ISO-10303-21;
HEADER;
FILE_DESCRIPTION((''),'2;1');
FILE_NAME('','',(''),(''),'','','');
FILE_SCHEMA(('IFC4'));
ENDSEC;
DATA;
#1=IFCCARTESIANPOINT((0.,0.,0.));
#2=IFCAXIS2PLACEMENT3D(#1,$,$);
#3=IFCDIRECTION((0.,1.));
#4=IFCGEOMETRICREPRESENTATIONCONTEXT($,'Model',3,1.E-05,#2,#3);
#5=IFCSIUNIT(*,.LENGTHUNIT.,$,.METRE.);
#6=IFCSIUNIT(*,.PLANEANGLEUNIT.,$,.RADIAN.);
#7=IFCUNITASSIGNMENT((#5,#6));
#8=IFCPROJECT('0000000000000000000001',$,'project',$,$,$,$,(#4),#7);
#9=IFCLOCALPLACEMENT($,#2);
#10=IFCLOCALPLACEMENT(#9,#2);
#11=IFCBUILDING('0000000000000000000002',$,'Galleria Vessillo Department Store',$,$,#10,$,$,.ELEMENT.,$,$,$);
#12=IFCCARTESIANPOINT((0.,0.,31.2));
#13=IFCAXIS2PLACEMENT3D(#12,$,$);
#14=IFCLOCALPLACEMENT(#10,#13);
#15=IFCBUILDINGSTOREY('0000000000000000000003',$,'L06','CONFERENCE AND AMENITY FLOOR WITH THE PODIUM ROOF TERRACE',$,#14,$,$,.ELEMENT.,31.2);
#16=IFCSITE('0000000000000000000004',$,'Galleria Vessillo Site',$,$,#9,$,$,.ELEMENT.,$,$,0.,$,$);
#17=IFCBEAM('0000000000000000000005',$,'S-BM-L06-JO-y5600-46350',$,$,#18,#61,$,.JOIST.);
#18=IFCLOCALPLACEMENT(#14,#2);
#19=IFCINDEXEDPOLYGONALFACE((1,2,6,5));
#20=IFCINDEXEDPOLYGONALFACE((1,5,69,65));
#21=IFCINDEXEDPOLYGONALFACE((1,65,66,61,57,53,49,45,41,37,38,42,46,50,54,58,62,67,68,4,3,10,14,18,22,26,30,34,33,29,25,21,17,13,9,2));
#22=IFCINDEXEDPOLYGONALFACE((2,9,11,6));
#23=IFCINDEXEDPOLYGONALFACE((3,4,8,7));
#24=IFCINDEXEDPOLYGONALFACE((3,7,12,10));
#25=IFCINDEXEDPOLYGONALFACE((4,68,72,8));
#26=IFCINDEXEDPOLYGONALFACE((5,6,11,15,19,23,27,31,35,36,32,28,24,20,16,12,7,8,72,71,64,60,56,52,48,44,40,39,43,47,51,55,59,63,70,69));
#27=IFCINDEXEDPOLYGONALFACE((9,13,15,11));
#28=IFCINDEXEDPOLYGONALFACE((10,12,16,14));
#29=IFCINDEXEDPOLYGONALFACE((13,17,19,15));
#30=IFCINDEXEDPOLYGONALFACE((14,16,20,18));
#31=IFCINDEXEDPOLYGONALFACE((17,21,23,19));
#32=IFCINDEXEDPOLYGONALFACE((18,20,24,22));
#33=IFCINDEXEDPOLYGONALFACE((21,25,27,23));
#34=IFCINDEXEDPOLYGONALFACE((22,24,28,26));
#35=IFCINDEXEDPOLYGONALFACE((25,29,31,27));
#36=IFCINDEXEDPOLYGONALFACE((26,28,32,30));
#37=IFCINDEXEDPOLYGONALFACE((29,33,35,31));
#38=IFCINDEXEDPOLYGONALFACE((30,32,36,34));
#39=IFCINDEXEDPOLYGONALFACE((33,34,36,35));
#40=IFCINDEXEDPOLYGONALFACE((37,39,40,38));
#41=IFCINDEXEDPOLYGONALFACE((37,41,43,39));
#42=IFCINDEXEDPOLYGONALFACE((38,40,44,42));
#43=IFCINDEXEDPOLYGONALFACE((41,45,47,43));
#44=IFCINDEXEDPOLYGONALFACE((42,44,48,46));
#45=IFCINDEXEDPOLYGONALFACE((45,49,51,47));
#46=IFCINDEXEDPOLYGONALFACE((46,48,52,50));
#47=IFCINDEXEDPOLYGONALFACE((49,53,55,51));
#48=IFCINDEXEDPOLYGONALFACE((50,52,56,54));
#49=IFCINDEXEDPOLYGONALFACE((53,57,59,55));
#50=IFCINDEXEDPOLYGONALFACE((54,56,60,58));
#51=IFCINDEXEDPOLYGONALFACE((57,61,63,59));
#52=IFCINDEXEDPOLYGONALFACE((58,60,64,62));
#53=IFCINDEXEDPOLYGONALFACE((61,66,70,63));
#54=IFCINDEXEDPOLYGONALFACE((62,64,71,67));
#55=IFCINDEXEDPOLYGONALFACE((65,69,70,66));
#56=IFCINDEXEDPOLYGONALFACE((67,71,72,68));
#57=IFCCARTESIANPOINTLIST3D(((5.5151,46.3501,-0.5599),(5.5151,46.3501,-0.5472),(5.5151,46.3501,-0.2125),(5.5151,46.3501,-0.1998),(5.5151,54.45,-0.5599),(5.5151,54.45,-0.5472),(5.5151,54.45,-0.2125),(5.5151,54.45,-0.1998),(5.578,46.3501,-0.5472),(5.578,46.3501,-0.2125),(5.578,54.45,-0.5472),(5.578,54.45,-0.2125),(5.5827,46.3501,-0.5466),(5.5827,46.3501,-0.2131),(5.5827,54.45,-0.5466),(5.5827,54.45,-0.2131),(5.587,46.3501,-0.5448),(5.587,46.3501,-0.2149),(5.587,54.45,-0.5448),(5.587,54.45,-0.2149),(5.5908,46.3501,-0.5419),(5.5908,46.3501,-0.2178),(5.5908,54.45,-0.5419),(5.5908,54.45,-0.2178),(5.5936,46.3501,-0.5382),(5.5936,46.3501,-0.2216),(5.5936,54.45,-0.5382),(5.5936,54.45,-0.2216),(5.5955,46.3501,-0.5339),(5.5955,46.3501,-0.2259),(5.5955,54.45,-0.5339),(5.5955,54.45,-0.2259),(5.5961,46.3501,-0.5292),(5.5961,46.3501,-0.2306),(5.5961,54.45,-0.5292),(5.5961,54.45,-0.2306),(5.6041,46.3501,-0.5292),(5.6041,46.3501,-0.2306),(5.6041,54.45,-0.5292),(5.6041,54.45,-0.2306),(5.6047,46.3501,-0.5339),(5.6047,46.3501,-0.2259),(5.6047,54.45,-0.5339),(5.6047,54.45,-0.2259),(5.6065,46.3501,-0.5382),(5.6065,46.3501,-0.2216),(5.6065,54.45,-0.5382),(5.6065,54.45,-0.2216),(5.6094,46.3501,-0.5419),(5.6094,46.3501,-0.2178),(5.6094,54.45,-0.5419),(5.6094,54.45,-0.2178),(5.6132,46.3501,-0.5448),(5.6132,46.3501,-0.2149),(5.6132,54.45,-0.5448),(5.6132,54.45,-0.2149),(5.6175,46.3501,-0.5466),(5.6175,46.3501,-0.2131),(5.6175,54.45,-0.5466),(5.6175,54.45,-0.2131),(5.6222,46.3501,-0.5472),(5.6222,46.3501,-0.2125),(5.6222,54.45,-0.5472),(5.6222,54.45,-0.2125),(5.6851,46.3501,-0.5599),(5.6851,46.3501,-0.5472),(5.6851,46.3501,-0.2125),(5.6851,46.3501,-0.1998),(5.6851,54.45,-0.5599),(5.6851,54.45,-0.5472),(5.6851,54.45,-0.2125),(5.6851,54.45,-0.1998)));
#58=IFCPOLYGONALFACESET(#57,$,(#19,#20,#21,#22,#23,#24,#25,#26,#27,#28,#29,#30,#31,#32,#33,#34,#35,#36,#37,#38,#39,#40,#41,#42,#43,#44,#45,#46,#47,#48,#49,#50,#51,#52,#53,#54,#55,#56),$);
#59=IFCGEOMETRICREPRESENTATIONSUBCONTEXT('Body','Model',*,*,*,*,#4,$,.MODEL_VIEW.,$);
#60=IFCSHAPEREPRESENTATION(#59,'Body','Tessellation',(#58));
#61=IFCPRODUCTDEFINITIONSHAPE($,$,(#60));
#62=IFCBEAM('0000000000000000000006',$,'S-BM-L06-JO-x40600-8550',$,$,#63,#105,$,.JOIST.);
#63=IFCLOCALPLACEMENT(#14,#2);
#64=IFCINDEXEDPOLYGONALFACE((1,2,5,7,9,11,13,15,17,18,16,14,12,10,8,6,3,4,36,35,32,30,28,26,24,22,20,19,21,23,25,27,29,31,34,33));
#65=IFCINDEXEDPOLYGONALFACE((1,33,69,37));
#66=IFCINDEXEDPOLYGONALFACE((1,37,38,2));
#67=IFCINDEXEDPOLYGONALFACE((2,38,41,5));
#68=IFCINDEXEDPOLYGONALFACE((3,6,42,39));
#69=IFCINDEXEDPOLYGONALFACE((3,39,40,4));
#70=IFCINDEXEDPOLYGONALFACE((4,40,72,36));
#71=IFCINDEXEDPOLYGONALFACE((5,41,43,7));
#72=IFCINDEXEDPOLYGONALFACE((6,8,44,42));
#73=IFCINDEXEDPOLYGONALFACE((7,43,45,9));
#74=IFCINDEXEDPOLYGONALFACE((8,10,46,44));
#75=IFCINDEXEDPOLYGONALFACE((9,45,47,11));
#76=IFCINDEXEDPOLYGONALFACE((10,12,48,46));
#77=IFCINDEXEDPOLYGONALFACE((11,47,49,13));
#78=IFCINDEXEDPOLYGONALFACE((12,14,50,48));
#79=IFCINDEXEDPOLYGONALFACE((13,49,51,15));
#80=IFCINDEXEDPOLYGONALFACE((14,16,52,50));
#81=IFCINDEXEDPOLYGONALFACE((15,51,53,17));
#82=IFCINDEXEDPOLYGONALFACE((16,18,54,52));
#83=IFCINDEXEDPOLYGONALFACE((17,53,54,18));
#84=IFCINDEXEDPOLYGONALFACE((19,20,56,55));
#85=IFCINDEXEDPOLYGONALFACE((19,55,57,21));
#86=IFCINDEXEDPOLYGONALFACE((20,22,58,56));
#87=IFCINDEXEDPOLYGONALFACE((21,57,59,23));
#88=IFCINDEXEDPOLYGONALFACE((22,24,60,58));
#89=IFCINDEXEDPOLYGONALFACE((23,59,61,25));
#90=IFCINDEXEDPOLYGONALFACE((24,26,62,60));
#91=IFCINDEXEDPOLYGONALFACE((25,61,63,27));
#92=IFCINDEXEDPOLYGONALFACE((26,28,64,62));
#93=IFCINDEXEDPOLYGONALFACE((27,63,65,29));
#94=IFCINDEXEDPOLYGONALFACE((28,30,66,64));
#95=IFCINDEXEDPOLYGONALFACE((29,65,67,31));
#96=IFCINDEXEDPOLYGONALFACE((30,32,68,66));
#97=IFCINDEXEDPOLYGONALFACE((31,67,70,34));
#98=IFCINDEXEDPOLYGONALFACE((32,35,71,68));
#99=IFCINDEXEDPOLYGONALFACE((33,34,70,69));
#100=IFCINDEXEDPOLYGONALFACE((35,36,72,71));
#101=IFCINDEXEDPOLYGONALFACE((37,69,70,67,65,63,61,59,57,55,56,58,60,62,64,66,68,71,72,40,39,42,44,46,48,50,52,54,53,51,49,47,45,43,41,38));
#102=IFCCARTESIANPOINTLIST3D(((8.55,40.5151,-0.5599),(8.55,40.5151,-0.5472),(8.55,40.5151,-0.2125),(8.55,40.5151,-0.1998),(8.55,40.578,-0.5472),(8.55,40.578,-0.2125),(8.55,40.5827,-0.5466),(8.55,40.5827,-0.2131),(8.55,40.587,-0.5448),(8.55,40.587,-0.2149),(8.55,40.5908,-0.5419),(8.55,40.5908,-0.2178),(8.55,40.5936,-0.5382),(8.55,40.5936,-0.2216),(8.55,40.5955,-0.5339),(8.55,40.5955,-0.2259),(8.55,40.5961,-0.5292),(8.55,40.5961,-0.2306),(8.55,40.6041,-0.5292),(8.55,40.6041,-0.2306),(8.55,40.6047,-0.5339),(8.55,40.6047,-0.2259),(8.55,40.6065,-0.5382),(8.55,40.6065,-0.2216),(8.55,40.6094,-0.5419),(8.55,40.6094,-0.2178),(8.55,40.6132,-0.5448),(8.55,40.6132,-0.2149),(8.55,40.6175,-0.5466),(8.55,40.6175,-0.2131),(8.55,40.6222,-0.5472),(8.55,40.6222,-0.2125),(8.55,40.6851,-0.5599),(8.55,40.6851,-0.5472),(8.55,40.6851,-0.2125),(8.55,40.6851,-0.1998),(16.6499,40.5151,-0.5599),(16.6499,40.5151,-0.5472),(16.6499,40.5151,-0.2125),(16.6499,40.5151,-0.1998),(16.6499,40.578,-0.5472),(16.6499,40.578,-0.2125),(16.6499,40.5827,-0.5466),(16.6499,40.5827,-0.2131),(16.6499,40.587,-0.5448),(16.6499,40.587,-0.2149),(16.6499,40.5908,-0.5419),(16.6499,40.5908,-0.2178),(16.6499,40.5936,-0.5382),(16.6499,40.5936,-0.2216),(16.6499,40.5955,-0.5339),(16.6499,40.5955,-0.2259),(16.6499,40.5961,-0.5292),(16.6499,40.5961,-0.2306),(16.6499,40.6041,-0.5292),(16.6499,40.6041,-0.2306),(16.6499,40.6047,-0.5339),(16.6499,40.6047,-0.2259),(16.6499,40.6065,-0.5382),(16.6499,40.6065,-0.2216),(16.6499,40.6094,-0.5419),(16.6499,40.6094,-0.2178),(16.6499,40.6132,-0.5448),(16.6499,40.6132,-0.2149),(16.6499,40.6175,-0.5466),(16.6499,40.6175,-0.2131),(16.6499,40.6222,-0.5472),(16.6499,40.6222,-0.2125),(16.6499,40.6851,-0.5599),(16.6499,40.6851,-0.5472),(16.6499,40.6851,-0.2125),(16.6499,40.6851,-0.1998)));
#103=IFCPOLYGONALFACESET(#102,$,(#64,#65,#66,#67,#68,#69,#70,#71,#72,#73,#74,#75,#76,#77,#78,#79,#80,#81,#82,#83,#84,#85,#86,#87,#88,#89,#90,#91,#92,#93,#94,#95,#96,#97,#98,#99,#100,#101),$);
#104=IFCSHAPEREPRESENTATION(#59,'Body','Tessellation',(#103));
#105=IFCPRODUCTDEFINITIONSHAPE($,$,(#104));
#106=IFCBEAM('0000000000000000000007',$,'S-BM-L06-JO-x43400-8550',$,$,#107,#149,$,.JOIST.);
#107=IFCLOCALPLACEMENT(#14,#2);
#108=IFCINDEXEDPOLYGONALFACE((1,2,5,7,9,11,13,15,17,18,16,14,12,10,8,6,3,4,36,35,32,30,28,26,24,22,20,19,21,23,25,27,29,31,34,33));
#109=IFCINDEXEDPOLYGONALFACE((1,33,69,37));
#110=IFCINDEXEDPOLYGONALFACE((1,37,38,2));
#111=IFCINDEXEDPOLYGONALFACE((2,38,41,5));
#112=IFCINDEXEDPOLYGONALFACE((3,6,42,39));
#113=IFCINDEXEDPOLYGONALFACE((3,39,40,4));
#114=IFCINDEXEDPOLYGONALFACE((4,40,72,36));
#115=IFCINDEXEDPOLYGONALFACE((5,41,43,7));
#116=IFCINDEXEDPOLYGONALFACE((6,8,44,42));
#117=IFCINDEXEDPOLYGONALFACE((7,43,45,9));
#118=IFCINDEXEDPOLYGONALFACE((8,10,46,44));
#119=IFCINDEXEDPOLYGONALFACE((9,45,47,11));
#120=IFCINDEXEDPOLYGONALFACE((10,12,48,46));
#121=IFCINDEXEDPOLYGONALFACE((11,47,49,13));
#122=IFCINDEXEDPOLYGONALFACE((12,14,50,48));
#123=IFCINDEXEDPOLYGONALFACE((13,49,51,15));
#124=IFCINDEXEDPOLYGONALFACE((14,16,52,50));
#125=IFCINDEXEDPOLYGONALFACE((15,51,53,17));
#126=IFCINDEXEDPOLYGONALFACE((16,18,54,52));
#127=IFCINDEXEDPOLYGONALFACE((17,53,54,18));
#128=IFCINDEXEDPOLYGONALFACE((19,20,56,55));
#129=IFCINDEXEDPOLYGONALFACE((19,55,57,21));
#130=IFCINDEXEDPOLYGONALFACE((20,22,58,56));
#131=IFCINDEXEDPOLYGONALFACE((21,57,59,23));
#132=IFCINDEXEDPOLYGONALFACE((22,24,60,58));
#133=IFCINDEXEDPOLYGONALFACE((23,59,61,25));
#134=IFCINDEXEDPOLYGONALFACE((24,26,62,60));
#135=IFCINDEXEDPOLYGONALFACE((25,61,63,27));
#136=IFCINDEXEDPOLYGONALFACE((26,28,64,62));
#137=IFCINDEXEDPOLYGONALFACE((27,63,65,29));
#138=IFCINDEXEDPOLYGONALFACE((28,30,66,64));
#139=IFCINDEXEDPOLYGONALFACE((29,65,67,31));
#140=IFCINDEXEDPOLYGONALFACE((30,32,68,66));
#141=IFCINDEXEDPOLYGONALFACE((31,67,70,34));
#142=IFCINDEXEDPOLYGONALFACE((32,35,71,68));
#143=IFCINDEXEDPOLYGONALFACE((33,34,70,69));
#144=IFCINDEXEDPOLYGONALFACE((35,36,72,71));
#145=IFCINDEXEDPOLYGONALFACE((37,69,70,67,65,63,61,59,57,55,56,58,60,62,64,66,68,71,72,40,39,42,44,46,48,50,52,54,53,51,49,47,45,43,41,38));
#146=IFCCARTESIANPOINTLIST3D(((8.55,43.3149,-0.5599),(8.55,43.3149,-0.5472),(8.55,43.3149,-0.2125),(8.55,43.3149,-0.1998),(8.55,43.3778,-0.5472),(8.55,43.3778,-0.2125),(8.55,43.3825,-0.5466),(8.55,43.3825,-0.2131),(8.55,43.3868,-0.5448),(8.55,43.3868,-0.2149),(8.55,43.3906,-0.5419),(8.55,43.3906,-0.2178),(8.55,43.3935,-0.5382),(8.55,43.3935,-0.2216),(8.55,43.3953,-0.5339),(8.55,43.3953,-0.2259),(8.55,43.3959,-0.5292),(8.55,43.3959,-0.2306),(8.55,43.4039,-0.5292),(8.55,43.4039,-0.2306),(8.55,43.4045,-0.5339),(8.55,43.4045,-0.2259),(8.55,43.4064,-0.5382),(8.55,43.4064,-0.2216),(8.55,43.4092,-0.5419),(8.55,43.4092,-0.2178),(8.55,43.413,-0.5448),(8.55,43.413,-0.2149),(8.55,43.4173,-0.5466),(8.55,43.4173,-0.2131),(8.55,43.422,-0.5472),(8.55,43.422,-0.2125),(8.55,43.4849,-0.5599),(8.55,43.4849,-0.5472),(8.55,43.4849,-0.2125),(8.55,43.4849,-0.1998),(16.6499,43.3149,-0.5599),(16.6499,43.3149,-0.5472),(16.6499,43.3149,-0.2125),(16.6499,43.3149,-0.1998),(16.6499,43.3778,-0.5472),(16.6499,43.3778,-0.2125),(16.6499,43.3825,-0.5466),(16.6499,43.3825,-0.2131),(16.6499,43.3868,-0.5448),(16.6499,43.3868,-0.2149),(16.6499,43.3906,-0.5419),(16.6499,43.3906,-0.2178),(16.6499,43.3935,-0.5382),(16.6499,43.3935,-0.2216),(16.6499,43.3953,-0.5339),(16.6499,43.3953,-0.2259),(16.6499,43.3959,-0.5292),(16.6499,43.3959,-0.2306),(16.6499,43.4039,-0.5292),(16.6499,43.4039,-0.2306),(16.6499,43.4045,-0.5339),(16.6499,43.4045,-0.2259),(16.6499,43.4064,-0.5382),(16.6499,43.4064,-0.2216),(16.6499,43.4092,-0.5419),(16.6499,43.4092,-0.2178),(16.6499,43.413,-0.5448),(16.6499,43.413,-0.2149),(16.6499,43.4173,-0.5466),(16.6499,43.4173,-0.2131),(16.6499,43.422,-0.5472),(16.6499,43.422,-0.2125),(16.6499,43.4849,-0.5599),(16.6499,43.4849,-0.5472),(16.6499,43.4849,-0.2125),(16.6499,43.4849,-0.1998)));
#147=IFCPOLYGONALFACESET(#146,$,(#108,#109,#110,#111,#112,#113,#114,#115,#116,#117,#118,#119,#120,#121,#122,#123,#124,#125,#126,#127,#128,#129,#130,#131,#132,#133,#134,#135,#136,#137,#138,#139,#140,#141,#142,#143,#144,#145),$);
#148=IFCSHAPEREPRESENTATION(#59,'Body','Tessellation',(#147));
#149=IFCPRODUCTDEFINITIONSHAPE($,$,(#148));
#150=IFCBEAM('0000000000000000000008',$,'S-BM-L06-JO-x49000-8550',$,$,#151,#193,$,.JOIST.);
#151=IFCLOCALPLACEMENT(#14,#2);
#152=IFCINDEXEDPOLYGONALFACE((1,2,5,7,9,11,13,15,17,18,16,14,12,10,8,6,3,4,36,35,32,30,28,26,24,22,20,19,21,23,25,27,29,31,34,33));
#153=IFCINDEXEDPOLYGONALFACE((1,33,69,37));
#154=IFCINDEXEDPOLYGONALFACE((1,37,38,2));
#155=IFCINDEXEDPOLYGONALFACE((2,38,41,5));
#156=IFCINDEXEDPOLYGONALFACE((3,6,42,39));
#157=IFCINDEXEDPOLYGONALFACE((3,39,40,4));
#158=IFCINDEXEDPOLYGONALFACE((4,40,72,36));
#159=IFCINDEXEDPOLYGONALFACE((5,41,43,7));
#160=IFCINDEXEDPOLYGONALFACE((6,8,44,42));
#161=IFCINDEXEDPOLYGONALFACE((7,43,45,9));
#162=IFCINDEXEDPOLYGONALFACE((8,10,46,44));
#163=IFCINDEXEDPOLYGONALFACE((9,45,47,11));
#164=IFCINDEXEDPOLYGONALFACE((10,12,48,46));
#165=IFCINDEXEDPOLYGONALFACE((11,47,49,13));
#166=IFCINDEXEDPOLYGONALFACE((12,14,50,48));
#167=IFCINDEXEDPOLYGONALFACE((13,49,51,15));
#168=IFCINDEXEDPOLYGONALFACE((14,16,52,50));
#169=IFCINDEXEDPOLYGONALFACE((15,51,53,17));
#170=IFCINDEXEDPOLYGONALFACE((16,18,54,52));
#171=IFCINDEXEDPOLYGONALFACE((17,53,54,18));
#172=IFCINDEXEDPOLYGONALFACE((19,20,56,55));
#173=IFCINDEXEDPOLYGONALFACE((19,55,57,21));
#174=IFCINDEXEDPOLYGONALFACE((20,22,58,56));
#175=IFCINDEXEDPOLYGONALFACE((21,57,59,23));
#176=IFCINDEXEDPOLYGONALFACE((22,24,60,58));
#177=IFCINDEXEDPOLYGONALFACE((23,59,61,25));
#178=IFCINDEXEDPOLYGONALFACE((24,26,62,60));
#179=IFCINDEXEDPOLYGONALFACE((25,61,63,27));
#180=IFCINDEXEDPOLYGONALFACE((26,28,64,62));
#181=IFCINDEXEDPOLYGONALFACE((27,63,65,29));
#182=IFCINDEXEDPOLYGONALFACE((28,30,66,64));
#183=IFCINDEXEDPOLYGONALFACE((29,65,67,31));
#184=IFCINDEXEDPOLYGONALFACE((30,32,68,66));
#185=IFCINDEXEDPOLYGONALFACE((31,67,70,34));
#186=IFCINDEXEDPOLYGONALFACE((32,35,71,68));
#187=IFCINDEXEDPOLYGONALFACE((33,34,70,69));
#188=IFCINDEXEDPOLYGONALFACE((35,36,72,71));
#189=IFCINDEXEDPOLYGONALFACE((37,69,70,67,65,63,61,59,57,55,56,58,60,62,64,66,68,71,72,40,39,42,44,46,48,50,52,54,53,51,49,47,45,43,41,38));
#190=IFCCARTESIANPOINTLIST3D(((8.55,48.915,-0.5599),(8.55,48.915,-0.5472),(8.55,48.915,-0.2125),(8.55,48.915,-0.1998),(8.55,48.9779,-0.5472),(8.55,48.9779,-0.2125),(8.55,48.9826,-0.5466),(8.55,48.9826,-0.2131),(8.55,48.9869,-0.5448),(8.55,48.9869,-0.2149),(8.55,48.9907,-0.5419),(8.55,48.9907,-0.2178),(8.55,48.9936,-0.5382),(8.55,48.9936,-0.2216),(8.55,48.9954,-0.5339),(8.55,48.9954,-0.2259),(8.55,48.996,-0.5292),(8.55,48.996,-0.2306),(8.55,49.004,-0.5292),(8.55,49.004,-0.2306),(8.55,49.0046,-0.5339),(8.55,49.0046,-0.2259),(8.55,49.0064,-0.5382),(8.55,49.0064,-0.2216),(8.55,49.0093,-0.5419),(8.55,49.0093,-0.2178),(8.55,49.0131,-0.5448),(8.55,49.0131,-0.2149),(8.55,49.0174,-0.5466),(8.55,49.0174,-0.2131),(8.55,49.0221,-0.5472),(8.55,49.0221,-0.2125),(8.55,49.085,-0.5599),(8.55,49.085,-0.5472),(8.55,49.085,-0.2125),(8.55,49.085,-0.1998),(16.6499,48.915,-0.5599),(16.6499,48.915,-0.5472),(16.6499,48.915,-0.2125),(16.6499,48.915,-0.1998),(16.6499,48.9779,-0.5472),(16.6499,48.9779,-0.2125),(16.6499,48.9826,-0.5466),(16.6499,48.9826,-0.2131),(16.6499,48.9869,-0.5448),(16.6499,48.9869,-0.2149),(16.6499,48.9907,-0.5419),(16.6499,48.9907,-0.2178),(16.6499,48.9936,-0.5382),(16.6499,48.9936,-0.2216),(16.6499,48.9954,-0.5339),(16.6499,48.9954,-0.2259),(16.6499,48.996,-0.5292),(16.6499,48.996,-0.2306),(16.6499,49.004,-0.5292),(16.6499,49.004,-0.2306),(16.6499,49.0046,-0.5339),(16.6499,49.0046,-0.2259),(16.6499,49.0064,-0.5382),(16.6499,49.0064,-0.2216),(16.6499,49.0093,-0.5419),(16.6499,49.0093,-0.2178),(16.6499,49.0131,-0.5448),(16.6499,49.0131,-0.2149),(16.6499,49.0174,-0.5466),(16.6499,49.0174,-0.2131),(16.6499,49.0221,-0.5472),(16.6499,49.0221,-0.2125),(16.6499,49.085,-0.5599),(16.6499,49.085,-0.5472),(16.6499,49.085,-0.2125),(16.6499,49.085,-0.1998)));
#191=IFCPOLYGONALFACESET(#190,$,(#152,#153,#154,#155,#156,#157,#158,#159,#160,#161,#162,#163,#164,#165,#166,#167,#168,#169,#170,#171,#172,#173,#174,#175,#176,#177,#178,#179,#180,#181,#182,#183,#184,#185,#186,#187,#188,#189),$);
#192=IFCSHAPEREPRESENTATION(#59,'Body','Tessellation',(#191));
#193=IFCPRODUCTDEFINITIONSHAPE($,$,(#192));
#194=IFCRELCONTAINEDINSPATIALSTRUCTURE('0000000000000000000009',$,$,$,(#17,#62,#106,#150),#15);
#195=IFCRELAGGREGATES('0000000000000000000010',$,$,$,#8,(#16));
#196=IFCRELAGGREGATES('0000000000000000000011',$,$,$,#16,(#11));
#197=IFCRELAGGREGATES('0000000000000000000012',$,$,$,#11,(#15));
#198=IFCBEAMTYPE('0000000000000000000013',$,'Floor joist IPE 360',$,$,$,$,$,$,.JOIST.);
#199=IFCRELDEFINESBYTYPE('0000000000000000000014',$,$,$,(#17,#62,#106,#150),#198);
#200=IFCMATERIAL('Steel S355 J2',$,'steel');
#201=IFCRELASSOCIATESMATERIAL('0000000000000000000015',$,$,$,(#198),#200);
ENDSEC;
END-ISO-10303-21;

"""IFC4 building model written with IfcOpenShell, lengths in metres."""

from ifc_helpers import new_model, si_unit, direction, frame, origin, origin_2d, place, context, subcontext, project, spatial, i_section, extrude, material, material_profile, profile_set, type_object, element, save


model = new_model("IFC4")

# Units and contexts
model_context = context("Model", 3, precision=1e-05, world=origin(), true_north=direction((0.0, 1.0)))
body_context = subcontext(model_context, "Body", "Model", "MODEL_VIEW")
ifc_project = project(units=[si_unit("LENGTHUNIT", "METRE"), si_unit("PLANEANGLEUNIT", "RADIAN")], contexts=[model_context])

# Site, building, storey
site_placement = place(None, origin())
site = spatial("IfcSite", under=ifc_project, at=site_placement, Name="Galleria Vessillo Site", CompositionType="ELEMENT", RefElevation=0.0)
building_placement = place(site_placement, origin())
building = spatial("IfcBuilding", under=site, at=building_placement, Name="Galleria Vessillo Department Store", CompositionType="ELEMENT")
storey_placement = place(building_placement, frame((0.0, 0.0, 31.2)))
storey = spatial("IfcBuildingStorey", under=building, at=storey_placement, Name="L06", Description="CONFERENCE AND AMENITY FLOOR WITH THE PODIUM ROOF TERRACE", CompositionType="ELEMENT", Elevation=31.2)

# Beams
ifc_material_1 = material(Name="Steel S355 J2", Category="steel")
ifc_material_profile_1 = material_profile(ifc_material_1, i_section(OverallWidth=0.1699, OverallDepth=0.3601, WebThickness=0.0081, FlangeThickness=0.0127, FilletRadius=0.0181, at=origin_2d()), Name="IPE 360")
ifc_profile_set_1 = profile_set([ifc_material_profile_1], Name="Steel S355 J2")
beam_type_1 = type_object("IfcBeamType", Name="Floor joist IPE 360", PredefinedType="JOIST", material=ifc_profile_set_1)
for number, where, z_axis, x_axis, name in (
    (1, (5.6001, 46.3501, -0.3799), (0.0, 1.0, 0.0), (-1.0, 0.0, 0.0), "S-BM-L06-JO-y5600-46350"),
    (2, (8.55, 40.6001, -0.3799), (1.0, 0.0, 0.0), (0.0, 1.0, 0.0), "S-BM-L06-JO-x40600-8550"),
    (3, (8.55, 43.3999, -0.3799), (1.0, 0.0, 0.0), (0.0, 1.0, 0.0), "S-BM-L06-JO-x43400-8550"),
    (4, (8.55, 49.0, -0.3799), (1.0, 0.0, 0.0), (0.0, 1.0, 0.0), "S-BM-L06-JO-x49000-8550"),
):
    element("IfcBeam", number, at=place(storey_placement, frame(where, z_axis=z_axis, x_axis=x_axis)), inside=storey, type_object=beam_type_1, Name=name, PredefinedType="JOIST", context=body_context, shape_type="SweptSolid", body=[
        extrude(i_section(OverallWidth=0.1699, OverallDepth=0.3601, WebThickness=0.0081, FlangeThickness=0.0127, FilletRadius=0.0181, at=origin_2d()), origin(), (0.0, 0.0, 1.0), 8.0999),
    ])

save(model, "model.ifc")
